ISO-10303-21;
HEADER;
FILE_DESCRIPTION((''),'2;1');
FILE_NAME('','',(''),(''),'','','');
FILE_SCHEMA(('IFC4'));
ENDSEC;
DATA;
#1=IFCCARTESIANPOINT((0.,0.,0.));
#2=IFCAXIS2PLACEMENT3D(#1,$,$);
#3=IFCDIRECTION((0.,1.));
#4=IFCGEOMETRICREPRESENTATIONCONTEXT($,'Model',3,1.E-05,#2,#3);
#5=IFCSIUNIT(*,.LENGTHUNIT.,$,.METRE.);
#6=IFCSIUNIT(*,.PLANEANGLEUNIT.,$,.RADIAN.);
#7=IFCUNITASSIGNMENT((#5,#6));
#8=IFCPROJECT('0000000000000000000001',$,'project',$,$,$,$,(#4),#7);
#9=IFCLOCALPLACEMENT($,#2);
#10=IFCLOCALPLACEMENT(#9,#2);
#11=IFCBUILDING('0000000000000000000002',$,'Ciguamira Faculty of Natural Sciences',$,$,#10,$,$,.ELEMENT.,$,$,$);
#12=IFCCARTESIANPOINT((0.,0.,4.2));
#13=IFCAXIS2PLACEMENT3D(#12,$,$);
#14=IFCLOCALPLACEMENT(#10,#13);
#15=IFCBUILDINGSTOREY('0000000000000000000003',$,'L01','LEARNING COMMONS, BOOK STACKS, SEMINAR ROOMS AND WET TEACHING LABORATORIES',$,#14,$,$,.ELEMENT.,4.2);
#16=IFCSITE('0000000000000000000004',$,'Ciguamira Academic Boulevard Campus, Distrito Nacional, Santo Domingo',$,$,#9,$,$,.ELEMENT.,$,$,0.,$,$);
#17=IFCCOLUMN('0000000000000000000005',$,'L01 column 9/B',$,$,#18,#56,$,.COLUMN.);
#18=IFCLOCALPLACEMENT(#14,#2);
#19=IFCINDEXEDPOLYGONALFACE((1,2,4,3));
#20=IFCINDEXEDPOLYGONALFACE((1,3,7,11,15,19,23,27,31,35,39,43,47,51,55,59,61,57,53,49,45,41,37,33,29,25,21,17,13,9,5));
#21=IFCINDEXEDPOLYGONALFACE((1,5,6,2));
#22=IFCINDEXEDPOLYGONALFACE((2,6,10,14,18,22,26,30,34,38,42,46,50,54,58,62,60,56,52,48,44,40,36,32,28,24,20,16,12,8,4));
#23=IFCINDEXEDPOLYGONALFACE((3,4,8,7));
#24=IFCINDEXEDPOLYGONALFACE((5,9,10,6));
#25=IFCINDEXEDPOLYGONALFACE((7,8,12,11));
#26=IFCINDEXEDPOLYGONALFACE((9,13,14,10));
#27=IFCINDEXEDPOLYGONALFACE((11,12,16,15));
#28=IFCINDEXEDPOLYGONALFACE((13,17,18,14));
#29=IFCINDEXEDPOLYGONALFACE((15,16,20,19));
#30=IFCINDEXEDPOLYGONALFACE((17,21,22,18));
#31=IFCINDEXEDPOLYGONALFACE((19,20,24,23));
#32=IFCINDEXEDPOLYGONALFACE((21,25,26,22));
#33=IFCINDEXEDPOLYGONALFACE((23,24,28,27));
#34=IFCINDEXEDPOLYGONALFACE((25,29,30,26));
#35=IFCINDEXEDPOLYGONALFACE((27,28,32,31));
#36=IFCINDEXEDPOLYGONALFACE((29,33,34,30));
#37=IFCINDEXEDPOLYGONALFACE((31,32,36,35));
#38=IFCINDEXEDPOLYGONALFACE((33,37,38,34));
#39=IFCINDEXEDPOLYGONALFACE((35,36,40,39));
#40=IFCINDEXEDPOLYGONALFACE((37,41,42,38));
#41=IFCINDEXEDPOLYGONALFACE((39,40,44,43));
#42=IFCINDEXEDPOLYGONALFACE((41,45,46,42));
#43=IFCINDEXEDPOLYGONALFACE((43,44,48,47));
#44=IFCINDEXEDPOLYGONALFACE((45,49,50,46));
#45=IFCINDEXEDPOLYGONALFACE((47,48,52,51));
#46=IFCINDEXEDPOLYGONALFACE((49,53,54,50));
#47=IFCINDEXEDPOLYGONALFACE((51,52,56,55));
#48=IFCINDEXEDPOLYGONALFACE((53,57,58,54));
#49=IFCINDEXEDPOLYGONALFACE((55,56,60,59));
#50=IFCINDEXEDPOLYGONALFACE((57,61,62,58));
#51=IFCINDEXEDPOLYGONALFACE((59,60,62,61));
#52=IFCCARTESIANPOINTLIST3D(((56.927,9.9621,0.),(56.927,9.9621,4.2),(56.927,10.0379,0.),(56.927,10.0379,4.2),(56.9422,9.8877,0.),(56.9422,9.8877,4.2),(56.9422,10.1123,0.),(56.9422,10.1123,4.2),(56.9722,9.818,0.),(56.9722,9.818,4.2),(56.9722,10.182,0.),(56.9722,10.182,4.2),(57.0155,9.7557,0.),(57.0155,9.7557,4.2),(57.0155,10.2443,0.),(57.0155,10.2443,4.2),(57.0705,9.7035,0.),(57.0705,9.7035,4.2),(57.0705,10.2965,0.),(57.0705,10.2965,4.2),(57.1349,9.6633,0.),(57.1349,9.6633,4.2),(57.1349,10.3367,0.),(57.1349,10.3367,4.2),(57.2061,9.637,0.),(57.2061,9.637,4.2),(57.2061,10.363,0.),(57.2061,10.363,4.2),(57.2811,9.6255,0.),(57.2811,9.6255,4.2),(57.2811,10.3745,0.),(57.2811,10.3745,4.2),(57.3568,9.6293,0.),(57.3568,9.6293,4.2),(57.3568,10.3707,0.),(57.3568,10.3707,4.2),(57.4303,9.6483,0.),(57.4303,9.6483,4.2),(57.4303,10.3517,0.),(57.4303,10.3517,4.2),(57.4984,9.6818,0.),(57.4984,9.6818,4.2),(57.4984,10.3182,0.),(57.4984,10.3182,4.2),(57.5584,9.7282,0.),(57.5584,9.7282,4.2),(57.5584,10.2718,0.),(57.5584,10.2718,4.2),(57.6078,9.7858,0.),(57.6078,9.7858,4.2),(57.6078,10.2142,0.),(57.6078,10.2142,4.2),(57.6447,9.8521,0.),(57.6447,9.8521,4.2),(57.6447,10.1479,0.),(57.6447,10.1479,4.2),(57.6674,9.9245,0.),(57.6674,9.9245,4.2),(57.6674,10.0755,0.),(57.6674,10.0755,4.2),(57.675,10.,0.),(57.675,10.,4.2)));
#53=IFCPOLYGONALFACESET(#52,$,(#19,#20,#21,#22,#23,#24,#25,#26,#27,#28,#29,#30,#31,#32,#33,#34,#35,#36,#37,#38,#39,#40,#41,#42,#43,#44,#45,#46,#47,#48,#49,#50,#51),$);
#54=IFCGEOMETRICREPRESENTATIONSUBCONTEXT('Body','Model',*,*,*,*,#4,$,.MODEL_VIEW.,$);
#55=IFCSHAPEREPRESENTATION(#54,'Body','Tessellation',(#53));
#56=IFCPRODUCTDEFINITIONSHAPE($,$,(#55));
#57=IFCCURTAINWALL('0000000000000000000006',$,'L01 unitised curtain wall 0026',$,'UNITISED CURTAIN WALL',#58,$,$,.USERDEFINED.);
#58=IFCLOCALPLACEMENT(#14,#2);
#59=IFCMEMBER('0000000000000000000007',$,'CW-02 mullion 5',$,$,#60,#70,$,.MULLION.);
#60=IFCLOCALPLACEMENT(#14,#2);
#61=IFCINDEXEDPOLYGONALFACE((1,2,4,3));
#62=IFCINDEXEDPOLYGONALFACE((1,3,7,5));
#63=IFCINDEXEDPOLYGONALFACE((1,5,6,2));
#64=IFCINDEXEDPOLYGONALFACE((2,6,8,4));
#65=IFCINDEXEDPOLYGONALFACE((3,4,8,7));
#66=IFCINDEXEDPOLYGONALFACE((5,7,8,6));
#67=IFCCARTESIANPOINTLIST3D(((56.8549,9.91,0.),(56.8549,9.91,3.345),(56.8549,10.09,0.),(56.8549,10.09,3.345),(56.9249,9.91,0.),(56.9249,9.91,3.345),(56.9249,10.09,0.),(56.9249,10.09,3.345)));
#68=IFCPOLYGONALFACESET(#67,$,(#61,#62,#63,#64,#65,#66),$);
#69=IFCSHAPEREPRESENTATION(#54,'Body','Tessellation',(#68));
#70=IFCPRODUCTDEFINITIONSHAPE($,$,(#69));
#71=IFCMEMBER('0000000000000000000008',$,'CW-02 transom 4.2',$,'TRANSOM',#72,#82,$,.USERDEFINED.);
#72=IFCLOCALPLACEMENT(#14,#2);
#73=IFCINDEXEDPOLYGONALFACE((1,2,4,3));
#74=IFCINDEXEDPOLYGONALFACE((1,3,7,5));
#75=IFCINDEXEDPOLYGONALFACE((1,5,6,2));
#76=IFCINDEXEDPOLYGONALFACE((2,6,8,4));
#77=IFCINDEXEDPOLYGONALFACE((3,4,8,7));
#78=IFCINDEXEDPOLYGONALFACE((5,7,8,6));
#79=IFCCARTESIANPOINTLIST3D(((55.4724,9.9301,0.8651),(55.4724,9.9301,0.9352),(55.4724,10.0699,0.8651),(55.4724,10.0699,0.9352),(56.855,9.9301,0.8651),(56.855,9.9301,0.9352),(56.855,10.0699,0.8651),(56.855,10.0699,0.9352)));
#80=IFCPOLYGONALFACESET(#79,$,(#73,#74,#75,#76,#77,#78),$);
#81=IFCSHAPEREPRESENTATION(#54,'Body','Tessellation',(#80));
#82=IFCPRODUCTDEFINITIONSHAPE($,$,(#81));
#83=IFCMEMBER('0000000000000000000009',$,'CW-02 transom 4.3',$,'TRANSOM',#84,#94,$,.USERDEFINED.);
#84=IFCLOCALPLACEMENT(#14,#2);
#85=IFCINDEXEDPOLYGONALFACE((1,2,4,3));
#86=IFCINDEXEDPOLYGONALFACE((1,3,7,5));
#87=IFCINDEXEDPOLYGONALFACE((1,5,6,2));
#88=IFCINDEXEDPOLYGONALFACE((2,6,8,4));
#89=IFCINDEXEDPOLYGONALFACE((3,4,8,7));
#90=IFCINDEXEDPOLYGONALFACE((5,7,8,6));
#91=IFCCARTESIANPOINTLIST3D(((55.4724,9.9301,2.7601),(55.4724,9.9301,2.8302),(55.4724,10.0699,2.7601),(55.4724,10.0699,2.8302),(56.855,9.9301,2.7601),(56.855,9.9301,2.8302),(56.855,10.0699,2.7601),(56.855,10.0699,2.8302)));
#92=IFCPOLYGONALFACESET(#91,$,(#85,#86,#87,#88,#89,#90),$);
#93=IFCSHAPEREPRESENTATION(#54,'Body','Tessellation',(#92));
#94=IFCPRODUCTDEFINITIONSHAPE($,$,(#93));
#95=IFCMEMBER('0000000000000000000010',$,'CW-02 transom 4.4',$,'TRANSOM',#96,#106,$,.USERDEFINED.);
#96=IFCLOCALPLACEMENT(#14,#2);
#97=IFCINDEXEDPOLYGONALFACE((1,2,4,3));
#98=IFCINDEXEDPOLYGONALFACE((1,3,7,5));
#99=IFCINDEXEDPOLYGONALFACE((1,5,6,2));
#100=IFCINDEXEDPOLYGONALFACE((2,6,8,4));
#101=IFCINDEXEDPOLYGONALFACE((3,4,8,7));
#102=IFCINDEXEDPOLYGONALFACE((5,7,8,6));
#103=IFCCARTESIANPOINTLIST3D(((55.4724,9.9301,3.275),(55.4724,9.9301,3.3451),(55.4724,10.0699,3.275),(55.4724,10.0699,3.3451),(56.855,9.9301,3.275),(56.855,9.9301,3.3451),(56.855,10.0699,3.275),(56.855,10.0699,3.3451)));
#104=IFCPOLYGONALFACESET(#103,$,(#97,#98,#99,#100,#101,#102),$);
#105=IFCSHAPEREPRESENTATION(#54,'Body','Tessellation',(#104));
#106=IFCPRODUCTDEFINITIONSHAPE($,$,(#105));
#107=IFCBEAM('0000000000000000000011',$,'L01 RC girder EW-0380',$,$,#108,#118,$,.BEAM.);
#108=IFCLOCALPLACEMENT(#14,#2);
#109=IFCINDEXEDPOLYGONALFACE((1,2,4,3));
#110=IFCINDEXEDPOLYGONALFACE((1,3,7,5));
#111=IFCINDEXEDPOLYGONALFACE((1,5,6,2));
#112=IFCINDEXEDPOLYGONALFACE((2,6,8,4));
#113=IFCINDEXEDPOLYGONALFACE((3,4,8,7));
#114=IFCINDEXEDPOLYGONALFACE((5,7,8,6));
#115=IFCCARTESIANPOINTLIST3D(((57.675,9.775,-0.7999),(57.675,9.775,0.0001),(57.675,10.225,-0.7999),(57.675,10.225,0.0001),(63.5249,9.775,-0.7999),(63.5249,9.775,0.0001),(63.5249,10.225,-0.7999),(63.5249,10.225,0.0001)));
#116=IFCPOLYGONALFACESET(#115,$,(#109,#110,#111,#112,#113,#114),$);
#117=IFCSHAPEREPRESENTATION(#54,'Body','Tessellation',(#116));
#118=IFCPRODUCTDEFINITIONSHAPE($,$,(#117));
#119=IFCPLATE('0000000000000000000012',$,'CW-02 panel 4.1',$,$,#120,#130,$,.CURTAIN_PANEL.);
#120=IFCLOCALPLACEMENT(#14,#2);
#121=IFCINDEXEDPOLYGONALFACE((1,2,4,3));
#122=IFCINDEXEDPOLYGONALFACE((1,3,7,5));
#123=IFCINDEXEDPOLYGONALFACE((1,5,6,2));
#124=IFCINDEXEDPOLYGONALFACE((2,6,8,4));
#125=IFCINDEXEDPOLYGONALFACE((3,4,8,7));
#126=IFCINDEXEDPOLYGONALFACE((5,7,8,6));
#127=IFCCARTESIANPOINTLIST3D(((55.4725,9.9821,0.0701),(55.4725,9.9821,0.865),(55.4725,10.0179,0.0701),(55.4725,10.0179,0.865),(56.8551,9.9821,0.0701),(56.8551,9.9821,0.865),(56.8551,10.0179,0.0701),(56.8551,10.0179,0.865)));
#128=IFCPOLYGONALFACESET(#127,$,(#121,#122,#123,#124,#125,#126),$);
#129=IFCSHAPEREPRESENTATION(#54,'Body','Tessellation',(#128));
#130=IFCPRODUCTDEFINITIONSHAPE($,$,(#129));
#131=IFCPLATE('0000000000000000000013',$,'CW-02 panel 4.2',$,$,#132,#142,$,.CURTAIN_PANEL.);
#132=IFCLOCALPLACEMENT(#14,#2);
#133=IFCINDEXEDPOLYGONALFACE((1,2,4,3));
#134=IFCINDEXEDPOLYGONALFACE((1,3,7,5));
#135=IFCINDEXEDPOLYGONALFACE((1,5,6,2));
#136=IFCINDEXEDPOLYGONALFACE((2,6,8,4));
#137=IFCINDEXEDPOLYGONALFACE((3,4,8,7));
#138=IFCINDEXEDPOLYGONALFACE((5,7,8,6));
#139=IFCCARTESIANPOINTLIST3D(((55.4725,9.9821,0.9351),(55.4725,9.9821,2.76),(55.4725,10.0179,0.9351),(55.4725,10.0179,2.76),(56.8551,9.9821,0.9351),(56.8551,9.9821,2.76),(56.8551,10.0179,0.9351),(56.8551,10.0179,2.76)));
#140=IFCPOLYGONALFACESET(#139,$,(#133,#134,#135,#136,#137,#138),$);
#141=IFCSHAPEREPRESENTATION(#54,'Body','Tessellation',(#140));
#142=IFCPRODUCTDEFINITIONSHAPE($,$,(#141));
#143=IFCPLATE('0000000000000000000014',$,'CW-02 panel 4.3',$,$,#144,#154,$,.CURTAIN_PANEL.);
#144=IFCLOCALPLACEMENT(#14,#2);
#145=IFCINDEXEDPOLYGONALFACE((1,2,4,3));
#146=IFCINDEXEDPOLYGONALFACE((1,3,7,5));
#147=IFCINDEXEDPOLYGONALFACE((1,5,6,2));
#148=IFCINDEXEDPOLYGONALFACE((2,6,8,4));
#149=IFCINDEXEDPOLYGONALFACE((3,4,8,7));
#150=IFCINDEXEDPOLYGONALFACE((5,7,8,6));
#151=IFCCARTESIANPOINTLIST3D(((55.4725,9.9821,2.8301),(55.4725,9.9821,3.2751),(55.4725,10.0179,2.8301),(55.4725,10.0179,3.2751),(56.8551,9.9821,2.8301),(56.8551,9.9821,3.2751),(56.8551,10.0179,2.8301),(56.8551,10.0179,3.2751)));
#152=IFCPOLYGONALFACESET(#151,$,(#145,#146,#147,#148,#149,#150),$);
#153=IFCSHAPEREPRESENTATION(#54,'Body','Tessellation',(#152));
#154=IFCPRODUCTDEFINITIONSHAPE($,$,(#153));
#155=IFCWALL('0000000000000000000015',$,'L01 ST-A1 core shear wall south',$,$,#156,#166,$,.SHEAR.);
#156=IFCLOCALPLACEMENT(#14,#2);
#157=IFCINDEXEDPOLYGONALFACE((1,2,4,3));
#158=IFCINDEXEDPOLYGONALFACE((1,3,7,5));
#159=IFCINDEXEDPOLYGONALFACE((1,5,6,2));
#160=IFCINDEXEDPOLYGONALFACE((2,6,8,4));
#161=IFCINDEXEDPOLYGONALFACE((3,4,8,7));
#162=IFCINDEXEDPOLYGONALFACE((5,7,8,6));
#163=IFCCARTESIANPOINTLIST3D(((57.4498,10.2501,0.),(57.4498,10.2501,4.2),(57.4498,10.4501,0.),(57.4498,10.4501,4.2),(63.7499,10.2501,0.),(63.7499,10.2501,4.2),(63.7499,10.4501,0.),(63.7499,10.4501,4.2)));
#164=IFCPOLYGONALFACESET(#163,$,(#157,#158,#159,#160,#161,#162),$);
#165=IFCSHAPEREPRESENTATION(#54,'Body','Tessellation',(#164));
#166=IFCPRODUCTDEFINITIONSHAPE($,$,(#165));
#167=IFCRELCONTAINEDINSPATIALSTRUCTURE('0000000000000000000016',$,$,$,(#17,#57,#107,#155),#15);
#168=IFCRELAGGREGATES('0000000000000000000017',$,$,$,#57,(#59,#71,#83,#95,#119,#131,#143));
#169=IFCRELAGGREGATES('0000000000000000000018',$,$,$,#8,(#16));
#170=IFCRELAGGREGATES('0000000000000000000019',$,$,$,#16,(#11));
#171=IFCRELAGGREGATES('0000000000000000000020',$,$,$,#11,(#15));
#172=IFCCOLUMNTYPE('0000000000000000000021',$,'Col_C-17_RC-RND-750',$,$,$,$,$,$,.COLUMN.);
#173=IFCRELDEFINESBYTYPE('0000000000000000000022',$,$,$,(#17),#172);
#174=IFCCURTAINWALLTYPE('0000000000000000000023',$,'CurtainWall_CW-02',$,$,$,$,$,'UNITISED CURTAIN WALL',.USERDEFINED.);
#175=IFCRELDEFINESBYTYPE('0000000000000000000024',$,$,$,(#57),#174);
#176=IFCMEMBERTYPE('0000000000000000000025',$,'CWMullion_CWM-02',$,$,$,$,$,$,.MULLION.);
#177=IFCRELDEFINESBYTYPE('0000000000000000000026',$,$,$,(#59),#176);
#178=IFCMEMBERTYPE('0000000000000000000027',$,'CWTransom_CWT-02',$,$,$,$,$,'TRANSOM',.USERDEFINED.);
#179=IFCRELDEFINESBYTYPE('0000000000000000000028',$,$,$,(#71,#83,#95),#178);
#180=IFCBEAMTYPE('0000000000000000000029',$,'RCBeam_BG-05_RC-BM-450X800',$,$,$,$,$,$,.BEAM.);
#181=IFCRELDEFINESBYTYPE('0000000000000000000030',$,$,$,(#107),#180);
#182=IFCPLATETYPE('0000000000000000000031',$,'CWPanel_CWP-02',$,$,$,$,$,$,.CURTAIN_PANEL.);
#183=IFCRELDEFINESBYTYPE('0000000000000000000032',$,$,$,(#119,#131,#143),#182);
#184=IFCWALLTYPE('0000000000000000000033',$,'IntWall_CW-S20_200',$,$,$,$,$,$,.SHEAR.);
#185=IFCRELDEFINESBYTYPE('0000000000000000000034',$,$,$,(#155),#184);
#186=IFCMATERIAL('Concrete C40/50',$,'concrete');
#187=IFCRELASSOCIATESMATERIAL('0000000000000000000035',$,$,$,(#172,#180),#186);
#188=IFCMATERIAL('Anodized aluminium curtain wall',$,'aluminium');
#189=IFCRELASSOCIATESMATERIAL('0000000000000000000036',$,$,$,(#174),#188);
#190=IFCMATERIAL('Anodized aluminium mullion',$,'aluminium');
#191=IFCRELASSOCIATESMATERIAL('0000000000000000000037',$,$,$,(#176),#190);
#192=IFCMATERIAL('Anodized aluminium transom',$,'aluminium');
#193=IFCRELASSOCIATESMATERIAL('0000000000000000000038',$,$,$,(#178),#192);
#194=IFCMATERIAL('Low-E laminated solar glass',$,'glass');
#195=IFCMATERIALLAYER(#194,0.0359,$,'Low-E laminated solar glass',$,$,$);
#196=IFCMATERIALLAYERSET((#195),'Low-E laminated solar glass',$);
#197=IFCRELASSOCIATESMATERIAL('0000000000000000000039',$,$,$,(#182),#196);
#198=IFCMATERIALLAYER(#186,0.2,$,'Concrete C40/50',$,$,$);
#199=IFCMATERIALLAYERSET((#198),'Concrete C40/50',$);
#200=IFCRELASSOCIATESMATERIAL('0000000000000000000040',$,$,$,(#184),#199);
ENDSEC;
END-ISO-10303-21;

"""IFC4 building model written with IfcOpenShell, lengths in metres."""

from ifc_helpers import new_model, si_unit, direction, frame, frame_2d, origin, origin_2d, place, context, subcontext, project, spatial, rectangle, circle, extrude, material, layer, layer_set, material_profile, profile_set, type_object, element, aggregate, save


model = new_model("IFC4")

# Units and contexts
model_context = context("Model", 3, precision=1e-05, world=origin(), true_north=direction((0.0, 1.0)))
body_context = subcontext(model_context, "Body", "Model", "MODEL_VIEW")
ifc_project = project(units=[si_unit("LENGTHUNIT", "METRE"), si_unit("PLANEANGLEUNIT", "RADIAN")], contexts=[model_context])

# Site, building, storey
site_placement = place(None, origin())
site = spatial("IfcSite", under=ifc_project, at=site_placement, Name="Ciguamira Academic Boulevard Campus, Distrito Nacional, Santo Domingo", CompositionType="ELEMENT", RefElevation=0.0)
building_placement = place(site_placement, origin())
building = spatial("IfcBuilding", under=site, at=building_placement, Name="Ciguamira Faculty of Natural Sciences", CompositionType="ELEMENT")
storey_placement = place(building_placement, frame((0.0, 0.0, 4.2)))
storey = spatial("IfcBuildingStorey", under=building, at=storey_placement, Name="L01", Description="LEARNING COMMONS, BOOK STACKS, SEMINAR ROOMS AND WET TEACHING LABORATORIES", CompositionType="ELEMENT", Elevation=4.2)

# Column
ifc_material_1 = material(Name="Concrete C40/50", Category="concrete")
ifc_material_profile_1 = material_profile(ifc_material_1, circle(Radius=0.375, at=origin_2d()), Name="RC-RND-750")
ifc_profile_set_1 = profile_set([ifc_material_profile_1], Name="Concrete C40/50")
column_type = type_object("IfcColumnType", Name="Col_C-17_RC-RND-750", PredefinedType="COLUMN", material=ifc_profile_set_1)
column_placement = place(storey_placement, frame((57.3, 10.0, 0.0), z_axis=(0.0, 0.0, 1.0), x_axis=(1.0, 0.0, 0.0)))
element("IfcColumn", 1, at=column_placement, inside=storey, type_object=column_type, Name="L01 column 9/B", PredefinedType="COLUMN", context=body_context, shape_type="SweptSolid", body=[
    extrude(circle(Radius=0.375, at=origin_2d()), origin(), (0.0, 0.0, 1.0), 4.2),
])

# Curtain wall, members
ifc_material_2 = material(Name="Anodized aluminium curtain wall", Category="aluminium")
curtain_wall_type = type_object("IfcCurtainWallType", Name="CurtainWall_CW-02", ElementType="UNITISED CURTAIN WALL", PredefinedType="USERDEFINED", material=ifc_material_2)
curtain_wall_placement = place(storey_placement, origin())
curtain_wall = element("IfcCurtainWall", 2, at=curtain_wall_placement, inside=storey, type_object=curtain_wall_type, Name="L01 unitised curtain wall 0026", ObjectType="UNITISED CURTAIN WALL", PredefinedType="USERDEFINED")
ifc_material_3 = material(Name="Anodized aluminium mullion", Category="aluminium")
ifc_material_profile_2 = material_profile(ifc_material_3, rectangle(XDim=0.0701, YDim=0.1799, at=origin_2d()), Name="ALU-MUL-70X180")
ifc_profile_set_2 = profile_set([ifc_material_profile_2], Name="Anodized aluminium mullion")
member_type_1 = type_object("IfcMemberType", Name="CWMullion_CWM-02", PredefinedType="MULLION", material=ifc_profile_set_2)
member_1_placement = place(storey_placement, frame((56.8899, 10.0, 0.0), z_axis=(0.0, 0.0, 1.0), x_axis=(1.0, 0.0, 0.0)))
member_1 = element("IfcMember", 3, at=member_1_placement, type_object=member_type_1, Name="CW-02 mullion 5", PredefinedType="MULLION", context=body_context, shape_type="SweptSolid", body=[
    extrude(rectangle(XDim=0.0701, YDim=0.1799, at=origin_2d()), origin(), (0.0, 0.0, 1.0), 3.345),
])
ifc_material_4 = material(Name="Anodized aluminium transom", Category="aluminium")
ifc_material_profile_3 = material_profile(ifc_material_4, rectangle(XDim=0.0701, YDim=0.1399, at=origin_2d()), Name="ALU-TRN-70X140")
ifc_profile_set_3 = profile_set([ifc_material_profile_3], Name="Anodized aluminium transom")
member_type_2 = type_object("IfcMemberType", Name="CWTransom_CWT-02", ElementType="TRANSOM", PredefinedType="USERDEFINED", material=ifc_profile_set_3)
member_2_placement = place(storey_placement, frame((55.4724, 10.0, 0.9001), z_axis=(1.0, 0.0, 0.0), x_axis=(0.0, 0.0, 1.0)))
member_2 = element("IfcMember", 4, at=member_2_placement, type_object=member_type_2, Name="CW-02 transom 4.2", ObjectType="TRANSOM", PredefinedType="USERDEFINED", context=body_context, shape_type="SweptSolid", body=[
    extrude(rectangle(XDim=0.0701, YDim=0.1399, at=origin_2d()), origin(), (0.0, 0.0, 1.0), 1.3826),
])
member_3_placement = place(storey_placement, frame((55.4724, 10.0, 2.7952), z_axis=(1.0, 0.0, 0.0), x_axis=(0.0, 0.0, 1.0)))
member_3 = element("IfcMember", 5, at=member_3_placement, type_object=member_type_2, Name="CW-02 transom 4.3", ObjectType="TRANSOM", PredefinedType="USERDEFINED", context=body_context, shape_type="SweptSolid", body=[
    extrude(rectangle(XDim=0.0701, YDim=0.1399, at=origin_2d()), origin(), (0.0, 0.0, 1.0), 1.3826),
])
member_4_placement = place(storey_placement, frame((55.4724, 10.0, 3.3101), z_axis=(1.0, 0.0, 0.0), x_axis=(0.0, 0.0, 1.0)))
member_4 = element("IfcMember", 6, at=member_4_placement, type_object=member_type_2, Name="CW-02 transom 4.4", ObjectType="TRANSOM", PredefinedType="USERDEFINED", context=body_context, shape_type="SweptSolid", body=[
    extrude(rectangle(XDim=0.0701, YDim=0.1399, at=origin_2d()), origin(), (0.0, 0.0, 1.0), 1.3826),
])

# Beam
ifc_material_profile_4 = material_profile(ifc_material_1, rectangle(XDim=0.45, YDim=0.8, at=origin_2d()), Name="RC-BM-450X800")
ifc_profile_set_4 = profile_set([ifc_material_profile_4], Name="Concrete C40/50")
beam_type = type_object("IfcBeamType", Name="RCBeam_BG-05_RC-BM-450X800", PredefinedType="BEAM", material=ifc_profile_set_4)
beam_placement = place(storey_placement, frame((57.675, 10.0, -0.3999), z_axis=(1.0, 0.0, 0.0), x_axis=(0.0, 1.0, 0.0)))
element("IfcBeam", 7, at=beam_placement, inside=storey, type_object=beam_type, Name="L01 RC girder EW-0380", PredefinedType="BEAM", context=body_context, shape_type="SweptSolid", body=[
    extrude(rectangle(XDim=0.45, YDim=0.8, at=origin_2d()), origin(), (0.0, 0.0, 1.0), 5.8499),
])

# Plates
ifc_material_5 = material(Name="Low-E laminated solar glass", Category="glass")
ifc_layer_1 = layer(ifc_material_5, 0.0359, Name="Low-E laminated solar glass")
ifc_layer_set_1 = layer_set([ifc_layer_1], Name="Low-E laminated solar glass")
plate_type = type_object("IfcPlateType", Name="CWPanel_CWP-02", PredefinedType="CURTAIN_PANEL", material=ifc_layer_set_1)
plate_1_placement = place(storey_placement, frame((56.1638, 10.0, 0.0701), z_axis=(0.0, 0.0, 1.0), x_axis=(1.0, 0.0, 0.0)))
plate_1 = element("IfcPlate", 8, at=plate_1_placement, type_object=plate_type, Name="CW-02 panel 4.1", PredefinedType="CURTAIN_PANEL", context=body_context, shape_type="SweptSolid", body=[
    extrude(rectangle(XDim=1.3826, YDim=0.0359, at=origin_2d()), origin(), (0.0, 0.0, 1.0), 0.7949),
])
plate_2_placement = place(storey_placement, frame((56.1638, 10.0, 0.9351), z_axis=(0.0, 0.0, 1.0), x_axis=(1.0, 0.0, 0.0)))
plate_2 = element("IfcPlate", 9, at=plate_2_placement, type_object=plate_type, Name="CW-02 panel 4.2", PredefinedType="CURTAIN_PANEL", context=body_context, shape_type="SweptSolid", body=[
    extrude(rectangle(XDim=1.3826, YDim=0.0359, at=origin_2d()), origin(), (0.0, 0.0, 1.0), 1.825),
])
plate_3_placement = place(storey_placement, frame((56.1638, 10.0, 2.8301), z_axis=(0.0, 0.0, 1.0), x_axis=(1.0, 0.0, 0.0)))
plate_3 = element("IfcPlate", 10, at=plate_3_placement, type_object=plate_type, Name="CW-02 panel 4.3", PredefinedType="CURTAIN_PANEL", context=body_context, shape_type="SweptSolid", body=[
    extrude(rectangle(XDim=1.3826, YDim=0.0359, at=origin_2d()), origin(), (0.0, 0.0, 1.0), 0.4451),
])
aggregate(curtain_wall, [member_1, member_2, member_3, member_4, plate_1, plate_2, plate_3])

# Wall
ifc_layer_2 = layer(ifc_material_1, 0.2, Name="Concrete C40/50")
ifc_layer_set_2 = layer_set([ifc_layer_2], Name="Concrete C40/50")
wall_type = type_object("IfcWallType", Name="IntWall_CW-S20_200", PredefinedType="SHEAR", material=ifc_layer_set_2)
wall_1_placement = place(storey_placement, frame((57.45, 10.3501, 0.0), z_axis=(0.0, 0.0, 1.0), x_axis=(1.0, 0.0, 0.0)))
element("IfcWall", 11, at=wall_1_placement, inside=storey, type_object=wall_type, Name="L01 ST-A1 core shear wall south", PredefinedType="SHEAR", context=body_context, shape_type="SweptSolid", body=[
    extrude(rectangle(XDim=6.3, YDim=0.2, at=frame_2d((3.1499, 0.0))), origin(), (0.0, 0.0, 1.0), 4.2),
])

save(model, "model.ifc")
